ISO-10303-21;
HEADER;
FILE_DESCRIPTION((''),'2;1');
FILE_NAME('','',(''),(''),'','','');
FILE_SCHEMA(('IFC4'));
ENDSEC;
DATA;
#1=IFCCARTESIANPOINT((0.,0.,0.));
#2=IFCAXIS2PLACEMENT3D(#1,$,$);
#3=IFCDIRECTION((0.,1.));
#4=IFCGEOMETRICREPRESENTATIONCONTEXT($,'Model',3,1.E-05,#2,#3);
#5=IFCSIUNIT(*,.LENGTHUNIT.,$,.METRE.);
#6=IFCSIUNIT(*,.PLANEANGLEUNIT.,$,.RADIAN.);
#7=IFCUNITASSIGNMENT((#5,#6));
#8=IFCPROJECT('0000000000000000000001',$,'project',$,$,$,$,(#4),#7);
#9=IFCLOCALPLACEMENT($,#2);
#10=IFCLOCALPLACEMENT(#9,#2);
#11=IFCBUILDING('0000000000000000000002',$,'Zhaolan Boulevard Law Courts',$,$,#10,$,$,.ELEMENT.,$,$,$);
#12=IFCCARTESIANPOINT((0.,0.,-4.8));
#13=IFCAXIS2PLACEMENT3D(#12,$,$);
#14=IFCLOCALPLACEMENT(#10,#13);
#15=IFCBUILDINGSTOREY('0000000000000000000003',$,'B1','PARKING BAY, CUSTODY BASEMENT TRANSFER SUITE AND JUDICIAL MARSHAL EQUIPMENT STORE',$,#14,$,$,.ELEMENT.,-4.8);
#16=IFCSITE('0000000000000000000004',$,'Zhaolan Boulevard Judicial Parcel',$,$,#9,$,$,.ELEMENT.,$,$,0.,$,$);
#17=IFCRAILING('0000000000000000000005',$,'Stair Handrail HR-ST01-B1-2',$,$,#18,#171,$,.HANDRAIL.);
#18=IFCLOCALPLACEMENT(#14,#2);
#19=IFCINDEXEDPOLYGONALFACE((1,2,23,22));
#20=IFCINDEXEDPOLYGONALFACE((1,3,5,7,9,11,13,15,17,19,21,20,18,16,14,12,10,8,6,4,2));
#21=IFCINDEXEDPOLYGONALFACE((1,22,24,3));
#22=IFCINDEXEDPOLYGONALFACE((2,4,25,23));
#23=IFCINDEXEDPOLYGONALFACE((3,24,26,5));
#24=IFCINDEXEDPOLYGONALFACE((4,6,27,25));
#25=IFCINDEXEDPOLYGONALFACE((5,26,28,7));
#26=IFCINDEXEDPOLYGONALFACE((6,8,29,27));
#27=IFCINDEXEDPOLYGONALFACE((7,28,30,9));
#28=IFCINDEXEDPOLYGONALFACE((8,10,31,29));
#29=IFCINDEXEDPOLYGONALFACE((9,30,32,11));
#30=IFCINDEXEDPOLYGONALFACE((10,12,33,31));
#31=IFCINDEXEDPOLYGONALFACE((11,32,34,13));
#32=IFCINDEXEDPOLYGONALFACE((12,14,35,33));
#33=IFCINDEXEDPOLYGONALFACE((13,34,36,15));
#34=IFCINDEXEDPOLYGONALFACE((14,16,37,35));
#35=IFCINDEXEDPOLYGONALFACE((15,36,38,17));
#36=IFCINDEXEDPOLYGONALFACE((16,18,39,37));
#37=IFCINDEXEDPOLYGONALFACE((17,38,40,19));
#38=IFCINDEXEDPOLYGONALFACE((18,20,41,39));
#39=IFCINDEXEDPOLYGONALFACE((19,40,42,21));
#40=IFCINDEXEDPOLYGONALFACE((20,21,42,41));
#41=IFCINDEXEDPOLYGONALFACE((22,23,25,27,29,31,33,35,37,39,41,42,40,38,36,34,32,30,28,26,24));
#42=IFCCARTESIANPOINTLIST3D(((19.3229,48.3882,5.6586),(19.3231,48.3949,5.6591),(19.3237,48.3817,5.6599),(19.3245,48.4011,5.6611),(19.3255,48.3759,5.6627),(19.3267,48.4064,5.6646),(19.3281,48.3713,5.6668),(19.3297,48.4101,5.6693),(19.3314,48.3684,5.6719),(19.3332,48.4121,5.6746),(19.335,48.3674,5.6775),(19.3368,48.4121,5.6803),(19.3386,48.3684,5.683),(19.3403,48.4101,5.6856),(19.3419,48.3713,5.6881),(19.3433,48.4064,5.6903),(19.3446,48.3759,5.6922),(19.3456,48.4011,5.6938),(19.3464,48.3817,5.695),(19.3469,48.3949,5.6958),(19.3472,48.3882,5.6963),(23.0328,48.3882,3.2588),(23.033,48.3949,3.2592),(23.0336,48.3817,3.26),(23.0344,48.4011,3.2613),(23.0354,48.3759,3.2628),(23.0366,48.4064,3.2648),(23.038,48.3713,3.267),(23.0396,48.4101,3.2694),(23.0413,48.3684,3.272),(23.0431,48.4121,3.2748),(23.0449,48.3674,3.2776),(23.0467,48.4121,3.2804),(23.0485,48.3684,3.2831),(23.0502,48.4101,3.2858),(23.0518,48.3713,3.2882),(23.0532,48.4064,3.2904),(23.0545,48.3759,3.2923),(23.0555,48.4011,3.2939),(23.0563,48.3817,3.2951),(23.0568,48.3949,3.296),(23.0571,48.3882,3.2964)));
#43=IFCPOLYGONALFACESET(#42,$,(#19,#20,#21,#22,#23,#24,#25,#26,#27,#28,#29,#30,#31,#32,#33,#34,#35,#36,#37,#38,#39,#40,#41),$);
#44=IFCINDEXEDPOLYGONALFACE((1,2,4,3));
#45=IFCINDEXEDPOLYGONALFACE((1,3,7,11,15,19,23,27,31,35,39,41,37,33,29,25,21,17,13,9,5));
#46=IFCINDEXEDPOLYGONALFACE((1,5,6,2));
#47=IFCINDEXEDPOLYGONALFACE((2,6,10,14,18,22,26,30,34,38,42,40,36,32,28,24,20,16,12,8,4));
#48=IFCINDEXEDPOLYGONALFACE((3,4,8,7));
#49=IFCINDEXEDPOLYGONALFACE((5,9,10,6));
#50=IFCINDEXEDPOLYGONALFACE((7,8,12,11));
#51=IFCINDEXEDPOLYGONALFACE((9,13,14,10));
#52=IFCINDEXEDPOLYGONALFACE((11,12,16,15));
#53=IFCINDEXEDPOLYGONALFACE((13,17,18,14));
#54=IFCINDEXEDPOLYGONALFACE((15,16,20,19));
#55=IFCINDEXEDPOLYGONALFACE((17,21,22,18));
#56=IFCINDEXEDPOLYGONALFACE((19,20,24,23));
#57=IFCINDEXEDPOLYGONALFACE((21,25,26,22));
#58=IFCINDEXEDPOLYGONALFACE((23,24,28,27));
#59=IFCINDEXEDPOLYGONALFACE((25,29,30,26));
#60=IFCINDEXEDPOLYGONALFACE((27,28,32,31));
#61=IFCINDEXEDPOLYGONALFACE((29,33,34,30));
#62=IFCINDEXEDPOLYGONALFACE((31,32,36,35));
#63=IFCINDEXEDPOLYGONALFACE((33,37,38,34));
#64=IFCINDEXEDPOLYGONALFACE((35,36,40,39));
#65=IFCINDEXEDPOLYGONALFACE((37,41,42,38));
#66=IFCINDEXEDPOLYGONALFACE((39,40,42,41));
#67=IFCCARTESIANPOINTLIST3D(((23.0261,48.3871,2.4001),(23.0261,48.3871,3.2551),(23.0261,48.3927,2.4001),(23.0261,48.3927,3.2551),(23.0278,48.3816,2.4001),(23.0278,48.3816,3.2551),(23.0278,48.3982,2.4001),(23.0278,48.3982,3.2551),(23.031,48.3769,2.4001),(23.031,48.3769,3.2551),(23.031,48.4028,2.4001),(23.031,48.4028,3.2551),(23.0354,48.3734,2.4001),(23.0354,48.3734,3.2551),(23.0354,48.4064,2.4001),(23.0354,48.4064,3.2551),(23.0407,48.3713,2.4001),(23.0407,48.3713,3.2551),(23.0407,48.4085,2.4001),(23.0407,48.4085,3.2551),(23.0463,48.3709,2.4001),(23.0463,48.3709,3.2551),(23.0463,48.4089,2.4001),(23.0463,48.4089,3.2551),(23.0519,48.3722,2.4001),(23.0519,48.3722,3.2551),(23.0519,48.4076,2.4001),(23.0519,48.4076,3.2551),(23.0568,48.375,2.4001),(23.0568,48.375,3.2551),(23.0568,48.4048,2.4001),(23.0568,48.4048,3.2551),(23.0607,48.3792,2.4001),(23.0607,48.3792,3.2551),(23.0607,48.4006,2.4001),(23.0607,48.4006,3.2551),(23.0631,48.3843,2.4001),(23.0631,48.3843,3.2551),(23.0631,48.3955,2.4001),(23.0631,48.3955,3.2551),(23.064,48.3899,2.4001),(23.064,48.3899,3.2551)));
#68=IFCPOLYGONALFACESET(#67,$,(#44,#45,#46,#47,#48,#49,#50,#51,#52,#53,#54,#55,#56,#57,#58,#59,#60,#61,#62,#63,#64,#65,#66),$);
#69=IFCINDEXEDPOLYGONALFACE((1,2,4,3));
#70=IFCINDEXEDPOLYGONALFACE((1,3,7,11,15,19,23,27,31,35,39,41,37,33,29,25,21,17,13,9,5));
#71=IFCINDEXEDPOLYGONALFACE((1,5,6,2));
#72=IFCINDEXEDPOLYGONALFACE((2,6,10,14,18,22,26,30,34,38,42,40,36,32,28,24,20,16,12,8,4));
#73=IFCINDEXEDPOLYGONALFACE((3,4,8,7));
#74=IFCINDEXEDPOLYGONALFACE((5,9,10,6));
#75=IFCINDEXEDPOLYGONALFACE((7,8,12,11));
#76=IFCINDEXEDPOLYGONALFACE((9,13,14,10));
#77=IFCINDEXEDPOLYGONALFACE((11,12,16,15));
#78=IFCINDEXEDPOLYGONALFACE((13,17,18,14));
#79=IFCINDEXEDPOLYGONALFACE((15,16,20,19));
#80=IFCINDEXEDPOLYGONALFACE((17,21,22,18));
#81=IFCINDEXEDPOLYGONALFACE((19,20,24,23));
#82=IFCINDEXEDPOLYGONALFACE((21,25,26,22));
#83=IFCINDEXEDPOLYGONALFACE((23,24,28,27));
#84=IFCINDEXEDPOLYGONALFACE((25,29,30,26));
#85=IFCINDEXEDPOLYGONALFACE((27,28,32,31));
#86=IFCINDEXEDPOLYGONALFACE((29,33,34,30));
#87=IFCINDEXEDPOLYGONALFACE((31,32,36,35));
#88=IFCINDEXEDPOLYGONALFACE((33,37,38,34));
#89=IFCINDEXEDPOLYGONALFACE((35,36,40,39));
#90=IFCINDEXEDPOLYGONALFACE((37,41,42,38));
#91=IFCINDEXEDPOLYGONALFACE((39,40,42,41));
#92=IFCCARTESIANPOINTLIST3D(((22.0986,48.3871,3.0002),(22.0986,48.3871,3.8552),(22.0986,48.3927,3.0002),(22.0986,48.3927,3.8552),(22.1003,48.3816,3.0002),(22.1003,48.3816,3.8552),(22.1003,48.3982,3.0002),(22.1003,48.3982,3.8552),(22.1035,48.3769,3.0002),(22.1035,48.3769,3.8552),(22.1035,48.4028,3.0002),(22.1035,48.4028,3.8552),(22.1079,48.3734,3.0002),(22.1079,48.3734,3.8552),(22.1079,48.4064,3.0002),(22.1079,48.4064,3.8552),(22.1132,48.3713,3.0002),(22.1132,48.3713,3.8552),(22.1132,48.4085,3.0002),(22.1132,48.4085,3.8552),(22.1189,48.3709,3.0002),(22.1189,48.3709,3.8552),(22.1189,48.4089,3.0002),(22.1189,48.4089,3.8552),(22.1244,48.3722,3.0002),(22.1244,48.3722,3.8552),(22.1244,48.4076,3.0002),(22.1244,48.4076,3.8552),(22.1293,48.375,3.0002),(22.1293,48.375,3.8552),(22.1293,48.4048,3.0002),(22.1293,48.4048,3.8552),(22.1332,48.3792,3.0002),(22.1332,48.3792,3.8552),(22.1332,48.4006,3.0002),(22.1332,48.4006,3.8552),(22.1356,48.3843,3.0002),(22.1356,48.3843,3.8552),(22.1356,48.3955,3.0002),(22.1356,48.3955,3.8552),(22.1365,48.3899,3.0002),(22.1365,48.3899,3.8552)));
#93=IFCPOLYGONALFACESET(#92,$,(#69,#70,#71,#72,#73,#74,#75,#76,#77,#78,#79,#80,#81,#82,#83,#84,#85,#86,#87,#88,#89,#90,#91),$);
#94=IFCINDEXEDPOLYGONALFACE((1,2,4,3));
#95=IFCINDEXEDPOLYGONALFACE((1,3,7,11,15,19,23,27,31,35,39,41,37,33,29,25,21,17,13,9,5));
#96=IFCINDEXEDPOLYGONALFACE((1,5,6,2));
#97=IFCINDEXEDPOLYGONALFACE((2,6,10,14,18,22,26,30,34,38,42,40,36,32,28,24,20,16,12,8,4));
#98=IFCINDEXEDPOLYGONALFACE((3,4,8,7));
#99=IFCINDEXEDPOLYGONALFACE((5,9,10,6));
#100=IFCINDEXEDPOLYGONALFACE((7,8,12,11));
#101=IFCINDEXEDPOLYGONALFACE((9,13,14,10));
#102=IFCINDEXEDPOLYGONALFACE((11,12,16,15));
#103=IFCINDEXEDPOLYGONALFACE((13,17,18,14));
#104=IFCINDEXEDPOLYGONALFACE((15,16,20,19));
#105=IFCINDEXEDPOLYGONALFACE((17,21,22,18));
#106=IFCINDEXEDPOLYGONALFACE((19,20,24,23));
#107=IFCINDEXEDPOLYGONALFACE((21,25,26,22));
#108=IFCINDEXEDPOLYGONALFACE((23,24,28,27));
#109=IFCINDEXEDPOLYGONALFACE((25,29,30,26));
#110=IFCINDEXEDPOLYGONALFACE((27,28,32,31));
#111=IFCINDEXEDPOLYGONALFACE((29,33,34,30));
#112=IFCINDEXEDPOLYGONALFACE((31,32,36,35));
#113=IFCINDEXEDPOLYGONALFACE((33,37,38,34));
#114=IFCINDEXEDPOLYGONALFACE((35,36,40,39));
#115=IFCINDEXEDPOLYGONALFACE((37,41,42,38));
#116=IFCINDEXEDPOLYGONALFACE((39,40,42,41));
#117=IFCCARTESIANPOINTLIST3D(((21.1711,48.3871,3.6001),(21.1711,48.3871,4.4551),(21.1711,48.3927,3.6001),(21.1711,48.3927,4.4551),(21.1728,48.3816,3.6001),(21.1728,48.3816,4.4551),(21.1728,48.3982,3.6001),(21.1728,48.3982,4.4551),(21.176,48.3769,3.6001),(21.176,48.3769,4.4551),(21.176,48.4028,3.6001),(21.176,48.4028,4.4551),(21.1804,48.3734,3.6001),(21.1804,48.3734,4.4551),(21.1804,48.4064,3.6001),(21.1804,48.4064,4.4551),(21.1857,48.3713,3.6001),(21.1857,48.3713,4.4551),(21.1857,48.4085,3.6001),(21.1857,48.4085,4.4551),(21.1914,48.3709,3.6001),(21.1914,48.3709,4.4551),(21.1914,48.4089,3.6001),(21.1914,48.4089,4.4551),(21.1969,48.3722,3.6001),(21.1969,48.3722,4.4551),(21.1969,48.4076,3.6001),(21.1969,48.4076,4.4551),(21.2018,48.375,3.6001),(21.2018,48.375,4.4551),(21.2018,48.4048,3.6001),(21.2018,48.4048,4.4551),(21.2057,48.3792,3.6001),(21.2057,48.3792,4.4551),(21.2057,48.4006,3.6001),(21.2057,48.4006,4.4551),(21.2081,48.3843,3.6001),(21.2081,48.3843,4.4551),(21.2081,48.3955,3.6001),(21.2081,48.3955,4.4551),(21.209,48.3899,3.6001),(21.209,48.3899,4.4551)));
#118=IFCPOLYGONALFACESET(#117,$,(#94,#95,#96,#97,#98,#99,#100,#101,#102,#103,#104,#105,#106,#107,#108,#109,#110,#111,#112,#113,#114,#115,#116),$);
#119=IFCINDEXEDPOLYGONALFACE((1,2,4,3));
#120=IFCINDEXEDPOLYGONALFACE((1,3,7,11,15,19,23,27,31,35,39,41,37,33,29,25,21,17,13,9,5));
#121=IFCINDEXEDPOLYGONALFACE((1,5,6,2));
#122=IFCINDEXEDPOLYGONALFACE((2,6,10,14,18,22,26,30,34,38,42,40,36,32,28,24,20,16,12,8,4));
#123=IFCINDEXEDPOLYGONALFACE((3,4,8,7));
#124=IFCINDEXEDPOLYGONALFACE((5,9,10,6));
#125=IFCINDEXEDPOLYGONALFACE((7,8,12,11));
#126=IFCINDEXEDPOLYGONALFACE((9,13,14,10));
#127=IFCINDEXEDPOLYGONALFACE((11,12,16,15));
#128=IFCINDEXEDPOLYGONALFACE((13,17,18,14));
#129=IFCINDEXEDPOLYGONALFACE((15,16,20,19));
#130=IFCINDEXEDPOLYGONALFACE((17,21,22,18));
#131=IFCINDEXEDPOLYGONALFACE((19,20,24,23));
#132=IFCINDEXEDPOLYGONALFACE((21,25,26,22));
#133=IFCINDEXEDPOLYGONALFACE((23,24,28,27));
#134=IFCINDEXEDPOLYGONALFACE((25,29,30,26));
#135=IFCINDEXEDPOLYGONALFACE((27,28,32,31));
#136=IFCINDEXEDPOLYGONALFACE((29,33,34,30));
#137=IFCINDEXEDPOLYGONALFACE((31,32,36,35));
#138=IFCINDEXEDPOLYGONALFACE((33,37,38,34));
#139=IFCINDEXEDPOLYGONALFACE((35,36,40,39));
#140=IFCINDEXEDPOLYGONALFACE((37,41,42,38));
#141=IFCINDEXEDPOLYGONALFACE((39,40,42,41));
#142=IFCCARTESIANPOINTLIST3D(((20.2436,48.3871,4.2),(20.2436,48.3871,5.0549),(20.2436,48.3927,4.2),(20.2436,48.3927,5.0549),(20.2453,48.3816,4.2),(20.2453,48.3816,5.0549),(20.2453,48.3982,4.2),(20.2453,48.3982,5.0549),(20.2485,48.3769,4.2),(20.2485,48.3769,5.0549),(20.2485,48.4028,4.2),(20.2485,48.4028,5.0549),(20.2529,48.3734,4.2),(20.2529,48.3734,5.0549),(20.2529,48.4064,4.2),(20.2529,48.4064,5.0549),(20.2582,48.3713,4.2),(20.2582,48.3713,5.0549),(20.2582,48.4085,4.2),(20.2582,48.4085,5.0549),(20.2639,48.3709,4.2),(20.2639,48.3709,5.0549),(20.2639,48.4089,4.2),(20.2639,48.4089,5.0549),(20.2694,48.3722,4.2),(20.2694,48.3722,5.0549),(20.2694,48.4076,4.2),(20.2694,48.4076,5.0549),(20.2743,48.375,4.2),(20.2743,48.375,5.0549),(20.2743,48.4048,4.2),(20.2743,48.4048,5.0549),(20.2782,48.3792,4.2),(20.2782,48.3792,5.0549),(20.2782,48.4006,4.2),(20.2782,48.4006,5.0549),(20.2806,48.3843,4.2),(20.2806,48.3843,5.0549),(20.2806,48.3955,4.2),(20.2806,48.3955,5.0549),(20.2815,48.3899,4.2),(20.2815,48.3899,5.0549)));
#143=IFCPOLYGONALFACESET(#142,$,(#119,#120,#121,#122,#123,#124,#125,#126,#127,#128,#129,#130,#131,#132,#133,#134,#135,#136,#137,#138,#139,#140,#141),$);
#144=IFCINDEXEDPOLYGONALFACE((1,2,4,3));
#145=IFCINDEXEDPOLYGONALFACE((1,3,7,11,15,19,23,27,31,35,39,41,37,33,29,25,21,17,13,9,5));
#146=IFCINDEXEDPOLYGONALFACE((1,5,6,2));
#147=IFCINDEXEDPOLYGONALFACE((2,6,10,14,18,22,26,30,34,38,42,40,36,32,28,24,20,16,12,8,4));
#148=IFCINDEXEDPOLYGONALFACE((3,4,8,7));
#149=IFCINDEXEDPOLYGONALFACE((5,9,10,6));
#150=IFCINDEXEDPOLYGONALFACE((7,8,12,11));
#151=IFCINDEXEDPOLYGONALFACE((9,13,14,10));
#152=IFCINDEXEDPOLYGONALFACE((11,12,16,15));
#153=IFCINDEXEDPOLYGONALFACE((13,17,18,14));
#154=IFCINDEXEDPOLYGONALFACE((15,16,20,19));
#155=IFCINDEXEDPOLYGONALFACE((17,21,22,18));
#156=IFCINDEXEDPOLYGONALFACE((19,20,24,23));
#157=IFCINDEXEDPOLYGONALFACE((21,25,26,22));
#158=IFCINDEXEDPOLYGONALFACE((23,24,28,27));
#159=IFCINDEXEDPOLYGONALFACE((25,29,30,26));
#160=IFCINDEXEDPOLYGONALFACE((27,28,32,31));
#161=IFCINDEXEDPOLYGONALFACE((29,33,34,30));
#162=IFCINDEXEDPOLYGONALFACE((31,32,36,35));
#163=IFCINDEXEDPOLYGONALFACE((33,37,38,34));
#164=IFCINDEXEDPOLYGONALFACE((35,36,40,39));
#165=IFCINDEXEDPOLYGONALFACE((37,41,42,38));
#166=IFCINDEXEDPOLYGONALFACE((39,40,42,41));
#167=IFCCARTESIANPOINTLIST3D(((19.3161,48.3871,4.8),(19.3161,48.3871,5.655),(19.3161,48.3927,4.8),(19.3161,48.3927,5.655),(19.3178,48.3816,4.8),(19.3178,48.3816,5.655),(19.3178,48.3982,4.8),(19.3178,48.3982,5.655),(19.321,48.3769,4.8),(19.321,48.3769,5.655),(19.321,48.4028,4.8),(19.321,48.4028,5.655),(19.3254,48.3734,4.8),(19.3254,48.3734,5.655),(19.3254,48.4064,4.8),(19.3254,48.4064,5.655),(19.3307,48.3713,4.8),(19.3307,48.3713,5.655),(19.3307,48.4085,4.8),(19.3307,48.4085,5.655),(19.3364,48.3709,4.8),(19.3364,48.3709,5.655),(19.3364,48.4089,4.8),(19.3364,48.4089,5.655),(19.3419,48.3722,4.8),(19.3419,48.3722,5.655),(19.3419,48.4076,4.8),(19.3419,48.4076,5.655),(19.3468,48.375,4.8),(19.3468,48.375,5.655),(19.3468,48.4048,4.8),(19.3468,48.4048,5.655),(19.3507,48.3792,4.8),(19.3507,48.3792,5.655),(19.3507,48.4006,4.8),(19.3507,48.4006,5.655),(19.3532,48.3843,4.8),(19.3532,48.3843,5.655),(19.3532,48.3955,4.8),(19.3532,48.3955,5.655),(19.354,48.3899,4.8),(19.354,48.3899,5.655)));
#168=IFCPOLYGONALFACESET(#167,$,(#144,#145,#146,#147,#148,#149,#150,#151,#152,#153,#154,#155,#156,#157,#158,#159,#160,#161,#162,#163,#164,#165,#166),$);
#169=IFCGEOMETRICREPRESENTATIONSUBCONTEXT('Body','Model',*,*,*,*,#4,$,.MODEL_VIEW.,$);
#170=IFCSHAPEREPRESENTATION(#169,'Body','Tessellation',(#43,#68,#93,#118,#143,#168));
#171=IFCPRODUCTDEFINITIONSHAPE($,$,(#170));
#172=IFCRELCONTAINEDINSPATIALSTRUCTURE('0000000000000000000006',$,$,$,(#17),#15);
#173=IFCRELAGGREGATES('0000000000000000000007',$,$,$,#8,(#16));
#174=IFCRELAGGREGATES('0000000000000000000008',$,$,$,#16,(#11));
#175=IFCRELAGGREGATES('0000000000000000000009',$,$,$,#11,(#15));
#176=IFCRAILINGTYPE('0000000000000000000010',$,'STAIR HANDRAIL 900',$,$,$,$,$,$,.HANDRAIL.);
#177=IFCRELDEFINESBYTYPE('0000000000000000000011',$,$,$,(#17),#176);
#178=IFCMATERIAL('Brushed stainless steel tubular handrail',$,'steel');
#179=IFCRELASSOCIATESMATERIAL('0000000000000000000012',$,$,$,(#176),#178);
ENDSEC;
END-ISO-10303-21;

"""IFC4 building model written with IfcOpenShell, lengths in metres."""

from ifc_helpers import new_model, si_unit, direction, frame, origin, origin_2d, place, context, subcontext, project, spatial, circle, extrude, material, type_object, element, save


model = new_model("IFC4")

# Units and contexts
model_context = context("Model", 3, precision=1e-05, world=origin(), true_north=direction((0.0, 1.0)))
body_context = subcontext(model_context, "Body", "Model", "MODEL_VIEW")
ifc_project = project(units=[si_unit("LENGTHUNIT", "METRE"), si_unit("PLANEANGLEUNIT", "RADIAN")], contexts=[model_context])

# Site, building, storey
site_placement = place(None, origin())
site = spatial("IfcSite", under=ifc_project, at=site_placement, Name="Zhaolan Boulevard Judicial Parcel", CompositionType="ELEMENT", RefElevation=0.0)
building_placement = place(site_placement, origin())
building = spatial("IfcBuilding", under=site, at=building_placement, Name="Zhaolan Boulevard Law Courts", CompositionType="ELEMENT")
storey_placement = place(building_placement, frame((0.0, 0.0, -4.8)))
storey = spatial("IfcBuildingStorey", under=building, at=storey_placement, Name="B1", Description="PARKING BAY, CUSTODY BASEMENT TRANSFER SUITE AND JUDICIAL MARSHAL EQUIPMENT STORE", CompositionType="ELEMENT", Elevation=-4.8)

# Railing
ifc_material_1 = material(Name="Brushed stainless steel tubular handrail", Category="steel")
railing_type_1 = type_object("IfcRailingType", Name="STAIR HANDRAIL 900", PredefinedType="HANDRAIL", material=ifc_material_1)
railing_1_placement = place(storey_placement, frame((23.0449, 48.3899, 2.4001)))
element("IfcRailing", 1, at=railing_1_placement, inside=storey, type_object=railing_type_1, Name="Stair Handrail HR-ST01-B1-2", PredefinedType="HANDRAIL", context=body_context, shape_type="SweptSolid", body=[
    extrude(circle(Radius=0.0225, at=origin_2d()), frame((0.0, 0.0, 0.8774), z_axis=(-0.839638, 0.0, 0.543146), x_axis=(0.0, -1.0, 0.0)), (0.0, 0.0, 1.0), 4.4185),
    extrude(circle(Radius=0.019, at=origin_2d()), origin(), (0.0, 0.0, 1.0), 0.855),
    extrude(circle(Radius=0.019, at=origin_2d()), frame((-0.9275, 0.0, 0.6001)), (0.0, 0.0, 1.0), 0.855),
    extrude(circle(Radius=0.019, at=origin_2d()), frame((-1.855, 0.0, 1.2)), (0.0, 0.0, 1.0), 0.855),
    extrude(circle(Radius=0.019, at=origin_2d()), frame((-2.7825, 0.0, 1.7998)), (0.0, 0.0, 1.0), 0.855),
    extrude(circle(Radius=0.019, at=origin_2d()), frame((-3.71, 0.0, 2.3999)), (0.0, 0.0, 1.0), 0.855),
])

save(model, "model.ifc")
